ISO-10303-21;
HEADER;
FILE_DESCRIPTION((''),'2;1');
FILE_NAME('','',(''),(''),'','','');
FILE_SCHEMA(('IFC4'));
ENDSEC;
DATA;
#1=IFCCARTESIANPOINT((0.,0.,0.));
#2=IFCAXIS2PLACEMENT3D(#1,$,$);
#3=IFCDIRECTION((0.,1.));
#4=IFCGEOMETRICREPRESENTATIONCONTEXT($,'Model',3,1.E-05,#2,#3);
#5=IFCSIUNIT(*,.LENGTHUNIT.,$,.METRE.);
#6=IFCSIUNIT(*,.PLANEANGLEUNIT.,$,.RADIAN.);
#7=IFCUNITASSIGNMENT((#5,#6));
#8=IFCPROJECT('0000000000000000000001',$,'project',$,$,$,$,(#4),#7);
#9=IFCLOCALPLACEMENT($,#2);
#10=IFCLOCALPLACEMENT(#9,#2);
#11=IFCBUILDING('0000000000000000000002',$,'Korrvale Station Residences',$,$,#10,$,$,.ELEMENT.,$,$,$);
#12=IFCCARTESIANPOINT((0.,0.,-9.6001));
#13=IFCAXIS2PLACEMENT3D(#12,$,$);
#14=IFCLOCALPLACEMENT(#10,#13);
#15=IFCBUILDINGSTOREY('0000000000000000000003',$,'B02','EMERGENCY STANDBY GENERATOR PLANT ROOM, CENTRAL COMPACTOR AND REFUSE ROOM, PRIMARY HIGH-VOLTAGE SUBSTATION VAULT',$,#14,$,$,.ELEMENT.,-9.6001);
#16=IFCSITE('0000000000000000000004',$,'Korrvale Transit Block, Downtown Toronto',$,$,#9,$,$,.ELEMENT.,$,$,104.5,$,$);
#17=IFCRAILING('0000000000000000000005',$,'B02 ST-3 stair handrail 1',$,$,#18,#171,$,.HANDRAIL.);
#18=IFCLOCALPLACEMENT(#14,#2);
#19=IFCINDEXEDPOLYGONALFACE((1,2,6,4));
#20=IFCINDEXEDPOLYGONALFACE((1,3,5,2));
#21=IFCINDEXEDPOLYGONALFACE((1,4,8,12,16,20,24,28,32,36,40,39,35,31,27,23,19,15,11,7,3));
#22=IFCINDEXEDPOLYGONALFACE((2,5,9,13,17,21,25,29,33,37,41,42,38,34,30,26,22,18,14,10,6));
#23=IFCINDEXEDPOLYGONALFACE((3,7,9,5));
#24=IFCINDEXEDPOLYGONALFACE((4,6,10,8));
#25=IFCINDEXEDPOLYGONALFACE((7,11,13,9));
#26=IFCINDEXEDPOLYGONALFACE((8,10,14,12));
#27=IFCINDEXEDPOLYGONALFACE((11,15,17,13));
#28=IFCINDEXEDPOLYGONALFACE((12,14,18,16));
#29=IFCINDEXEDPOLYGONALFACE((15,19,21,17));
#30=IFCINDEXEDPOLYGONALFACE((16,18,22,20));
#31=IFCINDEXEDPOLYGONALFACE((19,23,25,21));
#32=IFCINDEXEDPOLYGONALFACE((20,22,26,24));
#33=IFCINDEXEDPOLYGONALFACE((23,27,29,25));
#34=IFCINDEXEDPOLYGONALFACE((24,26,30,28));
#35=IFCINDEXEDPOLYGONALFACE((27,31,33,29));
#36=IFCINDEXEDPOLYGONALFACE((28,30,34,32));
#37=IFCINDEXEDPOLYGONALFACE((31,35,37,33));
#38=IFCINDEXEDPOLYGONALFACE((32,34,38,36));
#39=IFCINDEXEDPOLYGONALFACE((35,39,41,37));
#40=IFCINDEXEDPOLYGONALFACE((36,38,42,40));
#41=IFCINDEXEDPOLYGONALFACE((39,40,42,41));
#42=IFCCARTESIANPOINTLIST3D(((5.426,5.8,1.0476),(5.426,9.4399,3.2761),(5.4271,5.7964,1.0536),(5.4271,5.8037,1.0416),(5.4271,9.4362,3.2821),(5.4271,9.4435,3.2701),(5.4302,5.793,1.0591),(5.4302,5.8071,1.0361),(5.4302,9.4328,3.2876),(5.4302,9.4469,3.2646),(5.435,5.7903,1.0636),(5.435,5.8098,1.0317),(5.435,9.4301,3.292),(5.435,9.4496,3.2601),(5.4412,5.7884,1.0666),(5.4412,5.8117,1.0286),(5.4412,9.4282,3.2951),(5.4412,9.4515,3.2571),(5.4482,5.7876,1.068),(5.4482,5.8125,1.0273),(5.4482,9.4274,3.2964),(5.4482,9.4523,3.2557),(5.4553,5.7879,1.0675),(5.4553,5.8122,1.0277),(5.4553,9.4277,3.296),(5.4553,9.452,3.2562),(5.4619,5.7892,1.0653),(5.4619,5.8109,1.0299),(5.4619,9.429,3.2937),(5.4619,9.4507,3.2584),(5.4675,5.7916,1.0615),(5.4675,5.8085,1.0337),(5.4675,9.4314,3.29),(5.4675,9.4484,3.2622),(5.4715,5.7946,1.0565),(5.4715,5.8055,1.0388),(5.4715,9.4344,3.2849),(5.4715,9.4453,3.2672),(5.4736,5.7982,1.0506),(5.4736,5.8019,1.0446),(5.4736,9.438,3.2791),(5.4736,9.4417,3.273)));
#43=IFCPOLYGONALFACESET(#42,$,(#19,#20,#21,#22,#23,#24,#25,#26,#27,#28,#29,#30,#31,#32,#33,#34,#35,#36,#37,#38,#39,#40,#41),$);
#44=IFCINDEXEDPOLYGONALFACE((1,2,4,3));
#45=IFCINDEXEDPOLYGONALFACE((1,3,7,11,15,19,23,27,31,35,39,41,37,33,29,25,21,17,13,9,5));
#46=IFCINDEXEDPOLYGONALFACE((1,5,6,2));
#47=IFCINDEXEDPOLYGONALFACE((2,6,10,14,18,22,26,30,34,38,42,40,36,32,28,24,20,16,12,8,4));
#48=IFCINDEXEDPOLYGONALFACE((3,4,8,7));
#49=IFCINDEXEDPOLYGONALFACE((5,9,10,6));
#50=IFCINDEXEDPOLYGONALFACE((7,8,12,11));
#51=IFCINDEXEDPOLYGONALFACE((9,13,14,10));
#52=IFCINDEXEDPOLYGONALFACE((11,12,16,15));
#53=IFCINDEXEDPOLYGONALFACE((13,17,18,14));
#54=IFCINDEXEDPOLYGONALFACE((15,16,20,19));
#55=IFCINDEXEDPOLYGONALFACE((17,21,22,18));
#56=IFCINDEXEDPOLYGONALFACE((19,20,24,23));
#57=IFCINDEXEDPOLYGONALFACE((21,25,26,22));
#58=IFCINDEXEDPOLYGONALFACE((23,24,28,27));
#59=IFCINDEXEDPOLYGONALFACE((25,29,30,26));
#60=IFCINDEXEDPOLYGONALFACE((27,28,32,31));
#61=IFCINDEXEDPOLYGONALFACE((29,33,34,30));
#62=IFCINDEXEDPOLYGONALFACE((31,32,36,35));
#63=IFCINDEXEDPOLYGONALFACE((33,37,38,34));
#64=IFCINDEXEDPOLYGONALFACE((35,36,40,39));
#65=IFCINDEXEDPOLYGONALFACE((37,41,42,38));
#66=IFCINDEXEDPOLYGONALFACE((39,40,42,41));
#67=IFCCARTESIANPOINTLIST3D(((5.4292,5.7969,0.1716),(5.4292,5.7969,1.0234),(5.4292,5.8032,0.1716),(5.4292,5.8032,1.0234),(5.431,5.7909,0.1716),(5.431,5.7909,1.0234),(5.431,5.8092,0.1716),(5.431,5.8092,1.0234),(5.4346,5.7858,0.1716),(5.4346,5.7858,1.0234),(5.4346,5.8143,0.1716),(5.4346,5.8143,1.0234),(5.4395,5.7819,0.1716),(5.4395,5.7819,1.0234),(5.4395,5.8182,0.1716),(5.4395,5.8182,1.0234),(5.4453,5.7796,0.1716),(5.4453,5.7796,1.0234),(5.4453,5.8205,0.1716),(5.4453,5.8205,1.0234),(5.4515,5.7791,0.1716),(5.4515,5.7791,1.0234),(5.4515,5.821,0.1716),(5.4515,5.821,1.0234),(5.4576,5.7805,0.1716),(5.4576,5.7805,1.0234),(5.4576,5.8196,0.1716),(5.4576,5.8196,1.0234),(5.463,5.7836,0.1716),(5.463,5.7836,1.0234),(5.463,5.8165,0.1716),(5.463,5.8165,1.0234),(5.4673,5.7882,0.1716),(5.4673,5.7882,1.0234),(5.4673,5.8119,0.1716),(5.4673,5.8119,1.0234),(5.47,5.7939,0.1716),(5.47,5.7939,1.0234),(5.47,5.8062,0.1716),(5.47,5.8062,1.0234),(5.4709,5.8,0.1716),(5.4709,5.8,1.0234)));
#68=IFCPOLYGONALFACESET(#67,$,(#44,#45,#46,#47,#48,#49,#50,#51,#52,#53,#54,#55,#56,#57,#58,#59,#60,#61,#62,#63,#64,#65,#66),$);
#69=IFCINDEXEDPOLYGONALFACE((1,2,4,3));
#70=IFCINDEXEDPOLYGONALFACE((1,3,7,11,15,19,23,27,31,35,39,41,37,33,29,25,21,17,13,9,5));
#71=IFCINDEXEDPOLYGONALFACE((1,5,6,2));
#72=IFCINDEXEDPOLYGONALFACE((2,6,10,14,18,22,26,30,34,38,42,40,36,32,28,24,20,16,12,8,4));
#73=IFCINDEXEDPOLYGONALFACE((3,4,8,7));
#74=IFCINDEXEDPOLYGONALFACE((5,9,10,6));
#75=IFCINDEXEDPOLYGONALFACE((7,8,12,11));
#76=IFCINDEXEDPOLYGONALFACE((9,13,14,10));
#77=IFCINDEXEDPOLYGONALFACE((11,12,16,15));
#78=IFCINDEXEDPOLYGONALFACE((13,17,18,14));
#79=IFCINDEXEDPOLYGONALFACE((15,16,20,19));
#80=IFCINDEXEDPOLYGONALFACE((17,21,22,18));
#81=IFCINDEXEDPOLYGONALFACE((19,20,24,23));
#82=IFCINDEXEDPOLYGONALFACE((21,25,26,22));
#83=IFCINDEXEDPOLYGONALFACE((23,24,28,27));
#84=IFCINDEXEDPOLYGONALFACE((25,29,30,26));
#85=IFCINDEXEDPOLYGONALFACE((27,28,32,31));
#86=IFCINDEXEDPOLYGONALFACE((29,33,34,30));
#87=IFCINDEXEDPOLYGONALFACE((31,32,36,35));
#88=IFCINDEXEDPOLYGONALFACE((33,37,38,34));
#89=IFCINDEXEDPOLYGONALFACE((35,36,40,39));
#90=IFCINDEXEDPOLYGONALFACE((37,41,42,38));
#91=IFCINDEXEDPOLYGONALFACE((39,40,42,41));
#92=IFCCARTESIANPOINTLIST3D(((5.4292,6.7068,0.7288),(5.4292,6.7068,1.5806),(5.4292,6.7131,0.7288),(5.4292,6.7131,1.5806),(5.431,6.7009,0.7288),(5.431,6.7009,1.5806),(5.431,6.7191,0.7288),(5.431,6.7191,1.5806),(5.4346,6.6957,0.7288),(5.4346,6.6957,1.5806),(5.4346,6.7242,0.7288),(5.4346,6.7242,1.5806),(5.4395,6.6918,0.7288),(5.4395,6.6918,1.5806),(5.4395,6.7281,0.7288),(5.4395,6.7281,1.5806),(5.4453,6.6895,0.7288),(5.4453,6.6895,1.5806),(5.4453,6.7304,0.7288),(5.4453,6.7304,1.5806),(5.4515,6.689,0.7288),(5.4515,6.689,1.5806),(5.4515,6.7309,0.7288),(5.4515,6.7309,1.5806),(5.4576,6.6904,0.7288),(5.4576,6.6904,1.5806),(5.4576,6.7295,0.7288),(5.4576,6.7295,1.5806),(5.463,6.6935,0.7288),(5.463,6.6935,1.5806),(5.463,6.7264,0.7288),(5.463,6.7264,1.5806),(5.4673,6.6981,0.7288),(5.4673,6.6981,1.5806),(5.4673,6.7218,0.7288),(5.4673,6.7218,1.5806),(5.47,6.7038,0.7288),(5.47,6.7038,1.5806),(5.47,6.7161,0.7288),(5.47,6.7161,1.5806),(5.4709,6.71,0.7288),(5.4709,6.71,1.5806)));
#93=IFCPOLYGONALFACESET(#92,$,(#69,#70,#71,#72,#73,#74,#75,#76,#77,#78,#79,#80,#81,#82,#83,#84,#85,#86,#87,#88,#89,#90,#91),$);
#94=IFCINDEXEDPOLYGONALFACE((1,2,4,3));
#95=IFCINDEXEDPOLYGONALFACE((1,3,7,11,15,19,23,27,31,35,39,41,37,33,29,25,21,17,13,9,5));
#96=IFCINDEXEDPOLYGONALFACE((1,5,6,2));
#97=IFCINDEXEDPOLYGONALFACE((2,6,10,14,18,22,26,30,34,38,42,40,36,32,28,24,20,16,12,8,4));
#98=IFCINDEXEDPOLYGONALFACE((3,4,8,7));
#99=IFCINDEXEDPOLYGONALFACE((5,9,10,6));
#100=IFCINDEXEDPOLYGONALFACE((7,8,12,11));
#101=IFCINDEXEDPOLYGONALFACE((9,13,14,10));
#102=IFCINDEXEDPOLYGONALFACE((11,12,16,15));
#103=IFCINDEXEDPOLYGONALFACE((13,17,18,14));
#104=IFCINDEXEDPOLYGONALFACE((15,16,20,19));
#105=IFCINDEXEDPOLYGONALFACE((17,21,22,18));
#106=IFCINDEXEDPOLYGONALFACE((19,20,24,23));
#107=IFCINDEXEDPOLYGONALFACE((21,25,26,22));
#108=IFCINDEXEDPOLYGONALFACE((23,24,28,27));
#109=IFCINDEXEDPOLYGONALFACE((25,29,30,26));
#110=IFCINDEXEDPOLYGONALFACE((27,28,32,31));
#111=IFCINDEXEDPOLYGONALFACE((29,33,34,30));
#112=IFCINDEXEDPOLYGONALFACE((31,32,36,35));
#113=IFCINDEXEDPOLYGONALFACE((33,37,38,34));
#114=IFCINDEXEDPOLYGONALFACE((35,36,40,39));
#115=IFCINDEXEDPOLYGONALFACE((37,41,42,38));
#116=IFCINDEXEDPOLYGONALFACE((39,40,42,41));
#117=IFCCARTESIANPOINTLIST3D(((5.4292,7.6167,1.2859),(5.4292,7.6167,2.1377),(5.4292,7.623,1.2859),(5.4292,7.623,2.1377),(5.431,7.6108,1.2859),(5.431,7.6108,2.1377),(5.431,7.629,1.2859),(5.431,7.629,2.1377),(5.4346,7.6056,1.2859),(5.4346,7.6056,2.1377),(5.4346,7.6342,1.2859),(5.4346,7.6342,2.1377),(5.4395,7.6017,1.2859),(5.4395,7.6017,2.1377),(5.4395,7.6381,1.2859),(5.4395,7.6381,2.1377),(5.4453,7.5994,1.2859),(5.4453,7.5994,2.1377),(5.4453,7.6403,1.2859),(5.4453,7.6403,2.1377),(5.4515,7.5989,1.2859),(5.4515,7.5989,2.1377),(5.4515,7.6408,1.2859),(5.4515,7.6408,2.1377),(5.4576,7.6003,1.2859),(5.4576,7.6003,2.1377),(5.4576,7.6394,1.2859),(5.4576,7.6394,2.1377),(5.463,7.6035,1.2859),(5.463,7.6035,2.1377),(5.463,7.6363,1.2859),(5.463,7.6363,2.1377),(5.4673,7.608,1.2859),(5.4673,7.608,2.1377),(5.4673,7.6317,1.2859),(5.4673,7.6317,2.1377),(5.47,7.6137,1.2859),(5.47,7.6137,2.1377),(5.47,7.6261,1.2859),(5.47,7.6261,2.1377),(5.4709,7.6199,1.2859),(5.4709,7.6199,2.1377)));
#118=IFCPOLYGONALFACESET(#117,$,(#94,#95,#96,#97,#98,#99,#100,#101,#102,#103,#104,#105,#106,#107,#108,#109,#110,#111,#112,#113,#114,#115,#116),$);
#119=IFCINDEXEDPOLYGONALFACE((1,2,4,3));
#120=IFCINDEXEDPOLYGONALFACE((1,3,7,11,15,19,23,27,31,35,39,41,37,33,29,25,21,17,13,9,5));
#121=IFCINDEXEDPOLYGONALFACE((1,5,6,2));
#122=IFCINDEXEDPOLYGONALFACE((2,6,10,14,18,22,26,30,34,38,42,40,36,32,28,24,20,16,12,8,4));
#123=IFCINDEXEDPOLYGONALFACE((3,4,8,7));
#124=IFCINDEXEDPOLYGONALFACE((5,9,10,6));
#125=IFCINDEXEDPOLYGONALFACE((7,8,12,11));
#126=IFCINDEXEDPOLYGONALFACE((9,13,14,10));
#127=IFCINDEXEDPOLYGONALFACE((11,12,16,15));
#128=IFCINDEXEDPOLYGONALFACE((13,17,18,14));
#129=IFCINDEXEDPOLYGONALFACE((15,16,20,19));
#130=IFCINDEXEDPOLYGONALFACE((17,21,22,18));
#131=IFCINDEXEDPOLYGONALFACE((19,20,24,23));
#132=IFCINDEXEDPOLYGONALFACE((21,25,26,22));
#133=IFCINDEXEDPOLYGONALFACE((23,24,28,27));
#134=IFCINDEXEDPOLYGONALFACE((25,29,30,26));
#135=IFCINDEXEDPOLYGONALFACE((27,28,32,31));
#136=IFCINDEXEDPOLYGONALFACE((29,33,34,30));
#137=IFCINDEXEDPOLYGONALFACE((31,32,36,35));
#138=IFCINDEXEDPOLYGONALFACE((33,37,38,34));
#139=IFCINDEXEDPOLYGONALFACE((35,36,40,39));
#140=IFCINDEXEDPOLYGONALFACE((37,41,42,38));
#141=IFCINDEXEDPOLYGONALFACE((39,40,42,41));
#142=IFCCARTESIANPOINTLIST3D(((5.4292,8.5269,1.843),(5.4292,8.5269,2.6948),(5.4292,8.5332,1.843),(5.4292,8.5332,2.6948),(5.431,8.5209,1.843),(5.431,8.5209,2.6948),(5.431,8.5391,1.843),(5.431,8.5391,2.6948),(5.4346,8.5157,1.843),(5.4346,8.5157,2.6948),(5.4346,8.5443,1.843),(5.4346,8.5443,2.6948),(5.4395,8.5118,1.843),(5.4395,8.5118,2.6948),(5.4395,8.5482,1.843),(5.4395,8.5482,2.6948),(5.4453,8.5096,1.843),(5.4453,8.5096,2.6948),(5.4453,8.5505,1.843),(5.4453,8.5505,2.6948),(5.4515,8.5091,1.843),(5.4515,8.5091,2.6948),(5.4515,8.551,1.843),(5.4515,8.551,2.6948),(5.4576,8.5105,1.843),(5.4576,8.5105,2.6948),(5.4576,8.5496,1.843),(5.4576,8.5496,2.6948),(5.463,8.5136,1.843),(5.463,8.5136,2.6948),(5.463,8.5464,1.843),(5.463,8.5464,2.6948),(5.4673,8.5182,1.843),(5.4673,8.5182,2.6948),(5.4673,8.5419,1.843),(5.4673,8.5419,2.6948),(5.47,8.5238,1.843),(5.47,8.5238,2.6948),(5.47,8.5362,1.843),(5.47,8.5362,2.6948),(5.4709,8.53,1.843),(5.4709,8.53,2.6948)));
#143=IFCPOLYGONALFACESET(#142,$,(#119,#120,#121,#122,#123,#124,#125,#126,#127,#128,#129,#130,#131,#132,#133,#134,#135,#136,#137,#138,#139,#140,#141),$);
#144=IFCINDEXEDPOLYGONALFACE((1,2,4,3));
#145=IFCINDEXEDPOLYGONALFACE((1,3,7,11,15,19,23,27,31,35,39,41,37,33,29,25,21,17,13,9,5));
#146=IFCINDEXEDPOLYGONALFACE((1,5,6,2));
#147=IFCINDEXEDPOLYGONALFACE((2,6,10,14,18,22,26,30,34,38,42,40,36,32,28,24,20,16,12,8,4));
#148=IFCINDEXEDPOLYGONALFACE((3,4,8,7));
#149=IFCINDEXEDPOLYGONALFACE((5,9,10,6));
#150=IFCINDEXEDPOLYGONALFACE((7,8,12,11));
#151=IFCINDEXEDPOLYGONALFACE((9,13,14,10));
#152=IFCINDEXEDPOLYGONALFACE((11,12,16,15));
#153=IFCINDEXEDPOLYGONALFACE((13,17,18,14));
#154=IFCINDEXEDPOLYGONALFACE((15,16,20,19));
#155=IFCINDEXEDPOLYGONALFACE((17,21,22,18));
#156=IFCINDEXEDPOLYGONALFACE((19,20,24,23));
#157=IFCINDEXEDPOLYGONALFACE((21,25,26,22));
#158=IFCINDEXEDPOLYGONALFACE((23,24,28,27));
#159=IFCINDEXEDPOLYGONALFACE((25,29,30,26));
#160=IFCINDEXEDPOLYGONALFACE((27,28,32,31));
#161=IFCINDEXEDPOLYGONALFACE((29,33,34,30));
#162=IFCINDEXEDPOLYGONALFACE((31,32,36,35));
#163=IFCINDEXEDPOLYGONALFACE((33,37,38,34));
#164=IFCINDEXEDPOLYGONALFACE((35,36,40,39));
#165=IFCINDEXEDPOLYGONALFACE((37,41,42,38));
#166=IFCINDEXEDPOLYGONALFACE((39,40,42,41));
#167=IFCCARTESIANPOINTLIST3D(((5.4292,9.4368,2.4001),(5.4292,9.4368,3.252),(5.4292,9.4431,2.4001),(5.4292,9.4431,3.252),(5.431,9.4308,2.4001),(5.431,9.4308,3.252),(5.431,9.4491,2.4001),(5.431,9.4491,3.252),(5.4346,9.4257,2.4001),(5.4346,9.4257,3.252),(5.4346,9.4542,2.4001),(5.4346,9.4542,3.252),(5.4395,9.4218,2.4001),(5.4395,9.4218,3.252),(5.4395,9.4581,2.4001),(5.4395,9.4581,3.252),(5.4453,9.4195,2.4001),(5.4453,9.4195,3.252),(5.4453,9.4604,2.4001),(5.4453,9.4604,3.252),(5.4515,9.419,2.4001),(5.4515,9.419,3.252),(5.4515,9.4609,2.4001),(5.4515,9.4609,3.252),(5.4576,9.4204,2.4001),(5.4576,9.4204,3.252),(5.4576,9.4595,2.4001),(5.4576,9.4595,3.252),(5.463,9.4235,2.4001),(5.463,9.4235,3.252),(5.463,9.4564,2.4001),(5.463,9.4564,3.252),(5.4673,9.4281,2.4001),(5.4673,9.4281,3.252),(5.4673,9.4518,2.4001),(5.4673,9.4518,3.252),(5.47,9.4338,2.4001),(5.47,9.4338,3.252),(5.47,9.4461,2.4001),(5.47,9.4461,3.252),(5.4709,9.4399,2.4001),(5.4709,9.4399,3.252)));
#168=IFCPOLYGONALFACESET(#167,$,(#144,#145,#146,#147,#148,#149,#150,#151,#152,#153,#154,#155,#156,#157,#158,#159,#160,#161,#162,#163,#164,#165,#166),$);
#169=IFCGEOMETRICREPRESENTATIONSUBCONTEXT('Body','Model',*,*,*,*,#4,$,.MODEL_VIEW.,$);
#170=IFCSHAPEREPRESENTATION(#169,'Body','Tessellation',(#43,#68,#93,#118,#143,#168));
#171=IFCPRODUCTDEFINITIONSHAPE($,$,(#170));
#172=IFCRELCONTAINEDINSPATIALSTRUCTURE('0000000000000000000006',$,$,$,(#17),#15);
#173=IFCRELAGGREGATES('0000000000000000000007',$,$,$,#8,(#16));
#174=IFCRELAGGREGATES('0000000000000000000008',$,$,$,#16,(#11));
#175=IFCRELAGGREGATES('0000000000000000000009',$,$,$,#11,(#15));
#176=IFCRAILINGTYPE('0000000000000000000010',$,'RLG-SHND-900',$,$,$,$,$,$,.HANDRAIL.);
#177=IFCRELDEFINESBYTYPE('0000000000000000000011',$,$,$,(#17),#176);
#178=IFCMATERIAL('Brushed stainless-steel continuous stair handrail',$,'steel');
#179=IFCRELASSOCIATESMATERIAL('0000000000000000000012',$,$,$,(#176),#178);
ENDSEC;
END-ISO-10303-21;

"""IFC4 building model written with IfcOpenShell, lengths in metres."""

from ifc_helpers import new_model, si_unit, direction, frame, origin, origin_2d, place, context, subcontext, project, spatial, circle, extrude, material, type_object, element, save


model = new_model("IFC4")

# Units and contexts
model_context = context("Model", 3, precision=1e-05, world=origin(), true_north=direction((0.0, 1.0)))
body_context = subcontext(model_context, "Body", "Model", "MODEL_VIEW")
ifc_project = project(units=[si_unit("LENGTHUNIT", "METRE"), si_unit("PLANEANGLEUNIT", "RADIAN")], contexts=[model_context])

# Site, building, storey
site_placement = place(None, origin())
site = spatial("IfcSite", under=ifc_project, at=site_placement, Name="Korrvale Transit Block, Downtown Toronto", CompositionType="ELEMENT", RefElevation=104.5)
building_placement = place(site_placement, origin())
building = spatial("IfcBuilding", under=site, at=building_placement, Name="Korrvale Station Residences", CompositionType="ELEMENT")
storey_placement = place(building_placement, frame((0.0, 0.0, -9.6001)))
storey = spatial("IfcBuildingStorey", under=building, at=storey_placement, Name="B02", Description="EMERGENCY STANDBY GENERATOR PLANT ROOM, CENTRAL COMPACTOR AND REFUSE ROOM, PRIMARY HIGH-VOLTAGE SUBSTATION VAULT", CompositionType="ELEMENT", Elevation=-9.6001)

# Railing
ifc_material_1 = material(Name="Brushed stainless-steel continuous stair handrail", Category="steel")
railing_type_1 = type_object("IfcRailingType", Name="RLG-SHND-900", PredefinedType="HANDRAIL", material=ifc_material_1)
railing_1_placement = place(storey_placement, frame((5.45, 5.8, 0.1716)))
element("IfcRailing", 1, at=railing_1_placement, inside=storey, type_object=railing_type_1, Name="B02 ST-3 stair handrail 1", PredefinedType="HANDRAIL", context=body_context, shape_type="SweptSolid", body=[
    extrude(circle(Radius=0.0239, at=origin_2d()), frame((0.0, 0.0, 0.876), z_axis=(0.0, 0.85285, 0.522156), x_axis=(-1.0, 0.0, 0.0)), (0.0, 0.0, 1.0), 4.2678),
    extrude(circle(Radius=0.021, at=origin_2d()), origin(), (0.0, 0.0, 1.0), 0.8518),
    extrude(circle(Radius=0.021, at=origin_2d()), frame((0.0, 0.9099, 0.5571)), (0.0, 0.0, 1.0), 0.8518),
    extrude(circle(Radius=0.021, at=origin_2d()), frame((0.0, 1.8198, 1.1143)), (0.0, 0.0, 1.0), 0.8518),
    extrude(circle(Radius=0.021, at=origin_2d()), frame((0.0, 2.73, 1.6714)), (0.0, 0.0, 1.0), 0.8518),
    extrude(circle(Radius=0.021, at=origin_2d()), frame((0.0, 3.6399, 2.2285)), (0.0, 0.0, 1.0), 0.8518),
])

save(model, "model.ifc")
